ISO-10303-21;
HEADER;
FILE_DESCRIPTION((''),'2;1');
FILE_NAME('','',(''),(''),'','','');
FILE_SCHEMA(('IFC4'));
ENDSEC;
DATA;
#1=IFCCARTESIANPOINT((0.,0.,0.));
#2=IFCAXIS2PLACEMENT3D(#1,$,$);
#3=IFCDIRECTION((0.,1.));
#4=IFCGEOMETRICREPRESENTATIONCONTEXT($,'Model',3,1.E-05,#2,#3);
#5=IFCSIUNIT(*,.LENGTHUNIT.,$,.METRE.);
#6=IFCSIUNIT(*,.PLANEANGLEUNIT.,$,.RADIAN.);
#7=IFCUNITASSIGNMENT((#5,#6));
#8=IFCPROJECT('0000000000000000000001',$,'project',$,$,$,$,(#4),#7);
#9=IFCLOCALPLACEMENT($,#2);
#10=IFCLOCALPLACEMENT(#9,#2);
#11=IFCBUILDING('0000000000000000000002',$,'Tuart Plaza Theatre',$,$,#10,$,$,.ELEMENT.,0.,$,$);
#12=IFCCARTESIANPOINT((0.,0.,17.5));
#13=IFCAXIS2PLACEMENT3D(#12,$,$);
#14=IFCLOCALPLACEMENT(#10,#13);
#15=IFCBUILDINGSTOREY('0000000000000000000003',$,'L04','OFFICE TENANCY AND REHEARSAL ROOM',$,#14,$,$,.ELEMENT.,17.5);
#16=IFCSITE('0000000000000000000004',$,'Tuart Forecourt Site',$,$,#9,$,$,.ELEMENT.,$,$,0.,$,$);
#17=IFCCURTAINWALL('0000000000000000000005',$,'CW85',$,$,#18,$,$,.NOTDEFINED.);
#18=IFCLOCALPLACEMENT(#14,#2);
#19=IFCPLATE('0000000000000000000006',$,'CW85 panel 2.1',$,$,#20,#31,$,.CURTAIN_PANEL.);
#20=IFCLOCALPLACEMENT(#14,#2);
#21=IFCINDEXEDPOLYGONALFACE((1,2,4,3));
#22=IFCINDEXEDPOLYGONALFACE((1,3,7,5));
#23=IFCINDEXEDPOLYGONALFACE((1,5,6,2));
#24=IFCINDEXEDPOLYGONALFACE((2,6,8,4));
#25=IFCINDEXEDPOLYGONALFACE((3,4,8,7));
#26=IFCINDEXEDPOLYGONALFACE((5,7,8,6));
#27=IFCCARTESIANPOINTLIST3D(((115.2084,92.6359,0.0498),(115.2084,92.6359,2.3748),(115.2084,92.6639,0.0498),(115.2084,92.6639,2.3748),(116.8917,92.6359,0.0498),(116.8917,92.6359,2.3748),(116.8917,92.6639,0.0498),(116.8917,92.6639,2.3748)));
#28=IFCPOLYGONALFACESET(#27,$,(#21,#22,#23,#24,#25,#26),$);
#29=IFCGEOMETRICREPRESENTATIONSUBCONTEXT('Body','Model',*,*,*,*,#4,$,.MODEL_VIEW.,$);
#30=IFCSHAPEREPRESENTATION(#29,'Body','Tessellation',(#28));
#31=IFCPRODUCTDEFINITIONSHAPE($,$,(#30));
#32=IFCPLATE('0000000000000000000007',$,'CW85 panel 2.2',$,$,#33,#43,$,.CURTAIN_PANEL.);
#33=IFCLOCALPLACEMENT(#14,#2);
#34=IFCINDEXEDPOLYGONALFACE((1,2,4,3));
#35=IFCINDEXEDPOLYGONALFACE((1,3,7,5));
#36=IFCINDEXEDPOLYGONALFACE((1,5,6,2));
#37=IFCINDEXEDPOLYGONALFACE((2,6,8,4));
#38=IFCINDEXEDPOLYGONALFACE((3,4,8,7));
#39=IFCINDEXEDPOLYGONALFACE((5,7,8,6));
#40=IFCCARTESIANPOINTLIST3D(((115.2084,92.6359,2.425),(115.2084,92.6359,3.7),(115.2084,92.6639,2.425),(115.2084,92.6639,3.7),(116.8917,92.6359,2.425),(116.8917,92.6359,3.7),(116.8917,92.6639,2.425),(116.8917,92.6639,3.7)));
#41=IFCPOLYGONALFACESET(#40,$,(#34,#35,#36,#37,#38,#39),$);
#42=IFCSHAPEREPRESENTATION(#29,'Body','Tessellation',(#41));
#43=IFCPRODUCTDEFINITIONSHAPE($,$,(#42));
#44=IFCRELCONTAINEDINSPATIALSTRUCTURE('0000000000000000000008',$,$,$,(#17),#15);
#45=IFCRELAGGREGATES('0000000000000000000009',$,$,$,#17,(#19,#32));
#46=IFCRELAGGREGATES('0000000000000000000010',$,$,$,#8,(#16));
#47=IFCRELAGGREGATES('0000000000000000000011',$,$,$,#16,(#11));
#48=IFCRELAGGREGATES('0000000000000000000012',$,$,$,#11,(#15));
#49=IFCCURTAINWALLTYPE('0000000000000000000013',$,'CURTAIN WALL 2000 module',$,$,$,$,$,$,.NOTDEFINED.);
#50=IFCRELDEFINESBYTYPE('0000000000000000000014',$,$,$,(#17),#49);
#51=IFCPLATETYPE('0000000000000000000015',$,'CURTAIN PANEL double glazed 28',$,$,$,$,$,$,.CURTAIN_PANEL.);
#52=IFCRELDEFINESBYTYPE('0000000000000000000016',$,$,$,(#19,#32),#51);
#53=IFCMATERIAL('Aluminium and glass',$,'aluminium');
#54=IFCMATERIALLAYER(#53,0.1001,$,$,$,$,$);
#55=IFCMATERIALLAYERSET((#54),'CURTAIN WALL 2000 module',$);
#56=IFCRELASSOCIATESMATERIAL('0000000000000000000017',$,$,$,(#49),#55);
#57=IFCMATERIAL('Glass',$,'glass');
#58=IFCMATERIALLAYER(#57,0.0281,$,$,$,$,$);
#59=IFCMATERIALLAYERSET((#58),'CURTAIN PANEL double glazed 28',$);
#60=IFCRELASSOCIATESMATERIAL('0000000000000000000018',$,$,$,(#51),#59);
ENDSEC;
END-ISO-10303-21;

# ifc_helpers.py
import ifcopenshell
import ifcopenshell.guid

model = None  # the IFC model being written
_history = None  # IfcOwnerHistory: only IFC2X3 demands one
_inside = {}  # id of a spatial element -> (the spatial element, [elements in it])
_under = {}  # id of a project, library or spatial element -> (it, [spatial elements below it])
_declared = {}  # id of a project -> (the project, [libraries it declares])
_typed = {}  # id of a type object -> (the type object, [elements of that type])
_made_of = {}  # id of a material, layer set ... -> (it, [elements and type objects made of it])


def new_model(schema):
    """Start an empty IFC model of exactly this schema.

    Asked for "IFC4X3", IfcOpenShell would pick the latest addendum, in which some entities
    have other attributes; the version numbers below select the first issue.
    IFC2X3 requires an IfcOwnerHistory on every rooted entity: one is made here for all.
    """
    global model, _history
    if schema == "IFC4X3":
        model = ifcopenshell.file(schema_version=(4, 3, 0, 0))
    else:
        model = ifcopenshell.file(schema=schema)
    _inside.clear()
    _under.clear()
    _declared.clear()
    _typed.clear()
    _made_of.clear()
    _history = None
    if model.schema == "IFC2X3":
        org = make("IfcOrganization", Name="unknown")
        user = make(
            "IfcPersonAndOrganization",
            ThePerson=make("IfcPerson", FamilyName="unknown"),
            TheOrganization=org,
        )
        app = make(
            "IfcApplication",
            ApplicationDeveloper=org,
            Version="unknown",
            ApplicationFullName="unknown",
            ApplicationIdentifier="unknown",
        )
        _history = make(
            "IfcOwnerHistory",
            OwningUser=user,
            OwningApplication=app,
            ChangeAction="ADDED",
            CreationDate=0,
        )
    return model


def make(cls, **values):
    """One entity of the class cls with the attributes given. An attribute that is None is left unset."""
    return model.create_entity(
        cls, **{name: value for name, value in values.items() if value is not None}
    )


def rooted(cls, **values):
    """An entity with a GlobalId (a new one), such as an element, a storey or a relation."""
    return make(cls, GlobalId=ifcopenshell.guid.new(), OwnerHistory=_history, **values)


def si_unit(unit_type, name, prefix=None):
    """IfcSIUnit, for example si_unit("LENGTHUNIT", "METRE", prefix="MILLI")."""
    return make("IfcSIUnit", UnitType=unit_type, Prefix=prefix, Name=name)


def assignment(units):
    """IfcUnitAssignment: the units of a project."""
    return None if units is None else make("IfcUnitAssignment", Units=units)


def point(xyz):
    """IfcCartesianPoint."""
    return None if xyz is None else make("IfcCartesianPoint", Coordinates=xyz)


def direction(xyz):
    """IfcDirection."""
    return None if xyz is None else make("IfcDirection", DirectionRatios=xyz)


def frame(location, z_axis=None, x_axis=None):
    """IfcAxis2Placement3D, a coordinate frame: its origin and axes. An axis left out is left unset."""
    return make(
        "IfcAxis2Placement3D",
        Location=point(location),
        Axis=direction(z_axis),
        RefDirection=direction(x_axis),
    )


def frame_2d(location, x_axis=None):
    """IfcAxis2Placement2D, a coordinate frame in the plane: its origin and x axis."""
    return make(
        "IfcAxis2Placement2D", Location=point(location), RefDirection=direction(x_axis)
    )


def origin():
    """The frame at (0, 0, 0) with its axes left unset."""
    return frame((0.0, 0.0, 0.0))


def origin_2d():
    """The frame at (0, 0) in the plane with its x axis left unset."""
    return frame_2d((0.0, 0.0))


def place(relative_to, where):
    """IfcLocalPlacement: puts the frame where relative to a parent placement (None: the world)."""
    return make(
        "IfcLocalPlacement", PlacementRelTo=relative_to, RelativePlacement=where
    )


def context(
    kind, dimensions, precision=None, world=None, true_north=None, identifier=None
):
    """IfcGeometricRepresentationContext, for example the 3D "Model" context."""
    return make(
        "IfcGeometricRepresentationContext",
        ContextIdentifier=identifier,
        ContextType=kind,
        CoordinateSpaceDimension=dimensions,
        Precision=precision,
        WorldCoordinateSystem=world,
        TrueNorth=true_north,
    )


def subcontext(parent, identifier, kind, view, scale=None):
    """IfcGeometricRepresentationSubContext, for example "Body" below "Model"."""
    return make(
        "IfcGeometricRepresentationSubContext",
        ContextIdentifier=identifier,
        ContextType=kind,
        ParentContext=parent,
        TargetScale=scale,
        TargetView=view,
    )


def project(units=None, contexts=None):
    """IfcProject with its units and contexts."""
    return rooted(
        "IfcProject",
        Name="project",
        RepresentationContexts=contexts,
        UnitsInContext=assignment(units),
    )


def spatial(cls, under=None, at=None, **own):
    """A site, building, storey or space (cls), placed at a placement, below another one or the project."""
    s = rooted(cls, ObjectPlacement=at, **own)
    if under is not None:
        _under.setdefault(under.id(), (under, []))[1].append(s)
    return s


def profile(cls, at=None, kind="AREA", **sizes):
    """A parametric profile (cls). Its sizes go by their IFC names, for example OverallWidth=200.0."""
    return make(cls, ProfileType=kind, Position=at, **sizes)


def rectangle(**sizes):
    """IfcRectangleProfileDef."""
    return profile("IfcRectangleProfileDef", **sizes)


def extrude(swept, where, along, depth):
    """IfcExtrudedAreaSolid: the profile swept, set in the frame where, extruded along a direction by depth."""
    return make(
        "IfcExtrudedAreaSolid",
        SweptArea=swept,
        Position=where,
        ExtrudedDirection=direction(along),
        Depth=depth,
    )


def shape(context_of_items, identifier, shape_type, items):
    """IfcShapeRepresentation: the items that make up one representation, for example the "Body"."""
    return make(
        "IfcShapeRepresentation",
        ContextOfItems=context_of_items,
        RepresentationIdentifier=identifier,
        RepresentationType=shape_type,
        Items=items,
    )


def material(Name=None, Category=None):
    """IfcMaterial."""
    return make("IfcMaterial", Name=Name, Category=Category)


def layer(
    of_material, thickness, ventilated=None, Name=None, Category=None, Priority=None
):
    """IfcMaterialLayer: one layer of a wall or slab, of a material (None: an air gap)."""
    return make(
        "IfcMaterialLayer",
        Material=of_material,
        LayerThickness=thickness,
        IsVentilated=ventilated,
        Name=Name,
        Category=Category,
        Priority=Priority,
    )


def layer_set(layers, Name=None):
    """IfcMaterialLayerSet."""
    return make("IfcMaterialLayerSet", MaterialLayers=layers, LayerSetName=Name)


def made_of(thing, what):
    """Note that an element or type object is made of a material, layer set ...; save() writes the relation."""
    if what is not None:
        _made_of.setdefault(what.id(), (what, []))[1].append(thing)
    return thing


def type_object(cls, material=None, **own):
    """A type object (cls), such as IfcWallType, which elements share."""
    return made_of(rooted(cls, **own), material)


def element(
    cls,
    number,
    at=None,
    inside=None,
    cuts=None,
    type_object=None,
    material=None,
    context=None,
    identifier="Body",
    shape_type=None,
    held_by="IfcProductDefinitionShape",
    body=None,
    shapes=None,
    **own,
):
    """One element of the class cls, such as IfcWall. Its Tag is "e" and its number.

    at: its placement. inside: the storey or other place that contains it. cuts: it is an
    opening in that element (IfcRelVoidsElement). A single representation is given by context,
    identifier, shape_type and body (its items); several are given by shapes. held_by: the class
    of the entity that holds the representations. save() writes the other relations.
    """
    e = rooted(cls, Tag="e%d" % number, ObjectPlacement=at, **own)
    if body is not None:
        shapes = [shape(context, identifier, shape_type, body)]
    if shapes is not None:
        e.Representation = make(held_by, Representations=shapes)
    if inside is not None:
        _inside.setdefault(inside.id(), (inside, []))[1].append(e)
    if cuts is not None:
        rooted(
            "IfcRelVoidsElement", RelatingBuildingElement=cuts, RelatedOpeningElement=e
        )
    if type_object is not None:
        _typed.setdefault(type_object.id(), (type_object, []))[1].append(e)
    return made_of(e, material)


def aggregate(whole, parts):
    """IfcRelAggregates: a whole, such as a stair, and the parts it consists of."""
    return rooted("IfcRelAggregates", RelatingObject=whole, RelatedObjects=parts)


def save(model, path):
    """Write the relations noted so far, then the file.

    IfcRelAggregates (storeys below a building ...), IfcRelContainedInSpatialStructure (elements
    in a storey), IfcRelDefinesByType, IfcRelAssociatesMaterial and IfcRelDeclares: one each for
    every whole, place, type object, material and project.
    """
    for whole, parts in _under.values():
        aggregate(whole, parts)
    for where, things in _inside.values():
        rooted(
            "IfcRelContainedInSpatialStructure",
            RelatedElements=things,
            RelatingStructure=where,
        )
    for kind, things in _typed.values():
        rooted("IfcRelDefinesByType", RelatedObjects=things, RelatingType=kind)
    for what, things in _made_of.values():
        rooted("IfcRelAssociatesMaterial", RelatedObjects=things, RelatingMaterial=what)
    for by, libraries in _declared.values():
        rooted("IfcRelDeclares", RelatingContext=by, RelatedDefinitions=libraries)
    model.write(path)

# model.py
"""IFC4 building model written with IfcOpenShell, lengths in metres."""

from ifc_helpers import new_model, si_unit, direction, frame, origin, origin_2d, place, context, subcontext, project, spatial, rectangle, extrude, material, layer, layer_set, type_object, element, aggregate, save


model = new_model("IFC4")

# Units and contexts
model_context = context("Model", 3, precision=1e-05, world=origin(), true_north=direction((0.0, 1.0)))
body_context = subcontext(model_context, "Body", "Model", "MODEL_VIEW")
ifc_project = project(units=[si_unit("LENGTHUNIT", "METRE"), si_unit("PLANEANGLEUNIT", "RADIAN")], contexts=[model_context])

# Site, building, storey
site_placement = place(None, origin())
site = spatial("IfcSite", under=ifc_project, at=site_placement, Name="Tuart Forecourt Site", CompositionType="ELEMENT", RefElevation=0.0)
building_placement = place(site_placement, origin())
building = spatial("IfcBuilding", under=site, at=building_placement, Name="Tuart Plaza Theatre", CompositionType="ELEMENT", ElevationOfRefHeight=0.0)
storey_placement = place(building_placement, frame((0.0, 0.0, 17.5)))
storey = spatial("IfcBuildingStorey", under=building, at=storey_placement, Name="L04", Description="OFFICE TENANCY AND REHEARSAL ROOM", CompositionType="ELEMENT", Elevation=17.5)

# Curtain wall
ifc_material_1 = material(Name="Aluminium and glass", Category="aluminium")
ifc_layer_1 = layer(ifc_material_1, 0.1001)
ifc_layer_set_1 = layer_set([ifc_layer_1], Name="CURTAIN WALL 2000 module")
curtain_wall_type_1 = type_object("IfcCurtainWallType", Name="CURTAIN WALL 2000 module", PredefinedType="NOTDEFINED", material=ifc_layer_set_1)
curtain_wall_1_placement = place(storey_placement, origin())
curtain_wall_1 = element("IfcCurtainWall", 1, at=curtain_wall_1_placement, inside=storey, type_object=curtain_wall_type_1, Name="CW85", PredefinedType="NOTDEFINED")

# Plates
ifc_material_2 = material(Name="Glass", Category="glass")
ifc_layer_2 = layer(ifc_material_2, 0.0281)
ifc_layer_set_2 = layer_set([ifc_layer_2], Name="CURTAIN PANEL double glazed 28")
plate_type = type_object("IfcPlateType", Name="CURTAIN PANEL double glazed 28", PredefinedType="CURTAIN_PANEL", material=ifc_layer_set_2)
plate_1_placement = place(storey_placement, frame((116.05, 92.6499, 0.0498), z_axis=(0.0, 0.0, 1.0), x_axis=(-1.0, 0.0, 0.0)))
plate_1 = element("IfcPlate", 2, at=plate_1_placement, type_object=plate_type, Name="CW85 panel 2.1", PredefinedType="CURTAIN_PANEL", context=body_context, shape_type="SweptSolid", body=[
    extrude(rectangle(XDim=1.6833, YDim=0.0281, at=origin_2d()), origin(), (0.0, 0.0, 1.0), 2.325),
])
plate_2_placement = place(storey_placement, frame((116.05, 92.6499, 2.425), z_axis=(0.0, 0.0, 1.0), x_axis=(-1.0, 0.0, 0.0)))
plate_2 = element("IfcPlate", 3, at=plate_2_placement, type_object=plate_type, Name="CW85 panel 2.2", PredefinedType="CURTAIN_PANEL", context=body_context, shape_type="SweptSolid", body=[
    extrude(rectangle(XDim=1.6833, YDim=0.0281, at=origin_2d()), origin(), (0.0, 0.0, 1.0), 1.2749),
])
aggregate(curtain_wall_1, [plate_1, plate_2])

save(model, "model.ifc")
